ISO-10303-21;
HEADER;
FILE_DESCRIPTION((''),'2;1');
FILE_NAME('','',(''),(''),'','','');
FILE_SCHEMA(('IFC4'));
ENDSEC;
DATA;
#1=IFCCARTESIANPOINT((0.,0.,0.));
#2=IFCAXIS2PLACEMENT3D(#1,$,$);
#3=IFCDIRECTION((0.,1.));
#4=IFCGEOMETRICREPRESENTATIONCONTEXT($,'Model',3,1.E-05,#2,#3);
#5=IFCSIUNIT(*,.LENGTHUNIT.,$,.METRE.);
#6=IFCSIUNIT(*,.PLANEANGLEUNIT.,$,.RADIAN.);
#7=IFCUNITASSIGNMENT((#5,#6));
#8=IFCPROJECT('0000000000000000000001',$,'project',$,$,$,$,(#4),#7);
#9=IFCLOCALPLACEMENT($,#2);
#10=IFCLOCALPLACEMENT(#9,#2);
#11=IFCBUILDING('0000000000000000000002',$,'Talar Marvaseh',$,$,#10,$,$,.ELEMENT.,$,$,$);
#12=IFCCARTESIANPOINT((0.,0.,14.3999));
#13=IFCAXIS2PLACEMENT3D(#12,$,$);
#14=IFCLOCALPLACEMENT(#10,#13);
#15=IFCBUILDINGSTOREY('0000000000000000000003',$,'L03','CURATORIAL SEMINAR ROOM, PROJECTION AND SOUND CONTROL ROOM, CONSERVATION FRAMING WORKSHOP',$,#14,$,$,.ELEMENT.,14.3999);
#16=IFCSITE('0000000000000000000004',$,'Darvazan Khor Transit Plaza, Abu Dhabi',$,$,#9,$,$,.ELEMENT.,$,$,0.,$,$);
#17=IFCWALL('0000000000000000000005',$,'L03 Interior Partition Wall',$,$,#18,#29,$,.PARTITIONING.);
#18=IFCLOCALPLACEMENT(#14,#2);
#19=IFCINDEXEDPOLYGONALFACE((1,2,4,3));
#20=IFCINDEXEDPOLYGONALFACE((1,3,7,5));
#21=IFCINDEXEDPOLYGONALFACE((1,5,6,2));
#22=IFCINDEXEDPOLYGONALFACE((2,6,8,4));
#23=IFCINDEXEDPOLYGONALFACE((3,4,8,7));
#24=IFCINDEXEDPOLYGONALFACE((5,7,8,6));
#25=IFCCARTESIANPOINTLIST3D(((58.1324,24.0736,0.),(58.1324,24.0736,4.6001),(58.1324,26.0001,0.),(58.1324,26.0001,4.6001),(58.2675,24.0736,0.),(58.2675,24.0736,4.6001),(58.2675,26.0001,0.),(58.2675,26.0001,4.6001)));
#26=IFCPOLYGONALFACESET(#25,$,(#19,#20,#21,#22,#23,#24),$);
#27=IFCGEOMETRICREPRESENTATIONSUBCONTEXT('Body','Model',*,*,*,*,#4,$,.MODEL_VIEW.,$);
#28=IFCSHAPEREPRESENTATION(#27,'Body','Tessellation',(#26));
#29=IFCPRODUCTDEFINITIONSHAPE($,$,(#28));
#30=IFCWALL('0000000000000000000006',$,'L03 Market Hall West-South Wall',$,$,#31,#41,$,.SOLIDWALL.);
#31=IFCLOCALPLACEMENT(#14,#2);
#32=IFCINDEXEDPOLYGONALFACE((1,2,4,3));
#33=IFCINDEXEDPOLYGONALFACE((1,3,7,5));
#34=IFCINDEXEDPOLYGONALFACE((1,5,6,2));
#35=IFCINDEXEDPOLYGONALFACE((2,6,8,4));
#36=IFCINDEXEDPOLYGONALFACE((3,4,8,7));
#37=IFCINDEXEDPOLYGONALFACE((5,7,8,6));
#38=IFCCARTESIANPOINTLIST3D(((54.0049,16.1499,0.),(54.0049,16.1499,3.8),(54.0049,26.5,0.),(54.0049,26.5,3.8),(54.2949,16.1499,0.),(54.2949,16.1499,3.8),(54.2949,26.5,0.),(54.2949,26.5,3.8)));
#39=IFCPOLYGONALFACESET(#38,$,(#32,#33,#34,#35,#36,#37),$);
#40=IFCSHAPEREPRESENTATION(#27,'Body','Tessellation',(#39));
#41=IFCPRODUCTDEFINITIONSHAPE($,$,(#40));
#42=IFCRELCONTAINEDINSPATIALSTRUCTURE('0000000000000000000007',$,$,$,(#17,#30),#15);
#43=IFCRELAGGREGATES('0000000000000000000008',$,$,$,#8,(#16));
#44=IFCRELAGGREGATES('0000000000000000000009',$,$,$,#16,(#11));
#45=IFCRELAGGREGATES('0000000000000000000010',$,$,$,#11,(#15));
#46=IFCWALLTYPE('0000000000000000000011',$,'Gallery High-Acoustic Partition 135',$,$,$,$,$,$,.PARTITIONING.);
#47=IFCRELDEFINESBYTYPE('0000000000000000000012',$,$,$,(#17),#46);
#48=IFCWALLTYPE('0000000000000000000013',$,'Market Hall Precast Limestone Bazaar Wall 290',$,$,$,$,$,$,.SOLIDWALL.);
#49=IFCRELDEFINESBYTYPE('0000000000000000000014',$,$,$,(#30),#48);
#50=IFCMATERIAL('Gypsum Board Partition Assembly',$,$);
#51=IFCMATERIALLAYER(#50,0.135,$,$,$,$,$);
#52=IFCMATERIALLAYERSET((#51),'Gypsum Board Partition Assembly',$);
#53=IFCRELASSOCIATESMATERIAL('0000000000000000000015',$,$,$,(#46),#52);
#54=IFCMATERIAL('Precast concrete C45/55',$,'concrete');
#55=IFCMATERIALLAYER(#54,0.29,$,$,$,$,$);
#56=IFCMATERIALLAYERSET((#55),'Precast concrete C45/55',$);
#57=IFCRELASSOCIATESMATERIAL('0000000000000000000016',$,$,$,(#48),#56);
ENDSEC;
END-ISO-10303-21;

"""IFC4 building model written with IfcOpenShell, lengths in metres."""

from ifc_helpers import new_model, si_unit, direction, frame, frame_2d, origin, place, context, subcontext, project, spatial, rectangle, extrude, material, layer, layer_set, type_object, element, save


model = new_model("IFC4")

# Units and contexts
model_context = context("Model", 3, precision=1e-05, world=origin(), true_north=direction((0.0, 1.0)))
body_context = subcontext(model_context, "Body", "Model", "MODEL_VIEW")
ifc_project = project(units=[si_unit("LENGTHUNIT", "METRE"), si_unit("PLANEANGLEUNIT", "RADIAN")], contexts=[model_context])

# Site, building, storey
site_placement = place(None, origin())
site = spatial("IfcSite", under=ifc_project, at=site_placement, Name="Darvazan Khor Transit Plaza, Abu Dhabi", CompositionType="ELEMENT", RefElevation=0.0)
building_placement = place(site_placement, origin())
building = spatial("IfcBuilding", under=site, at=building_placement, Name="Talar Marvaseh", CompositionType="ELEMENT")
storey_placement = place(building_placement, frame((0.0, 0.0, 14.3999)))
storey = spatial("IfcBuildingStorey", under=building, at=storey_placement, Name="L03", Description="CURATORIAL SEMINAR ROOM, PROJECTION AND SOUND CONTROL ROOM, CONSERVATION FRAMING WORKSHOP", CompositionType="ELEMENT", Elevation=14.3999)

# Shared definitions
ifc_material_1 = material(Name="Precast concrete C45/55", Category="concrete")

# Shared definitions
ifc_material_2 = material(Name="Gypsum Board Partition Assembly")

# Walls
ifc_layer_1 = layer(ifc_material_2, 0.135)
ifc_layer_set_1 = layer_set([ifc_layer_1], Name="Gypsum Board Partition Assembly")
wall_type_1 = type_object("IfcWallType", Name="Gallery High-Acoustic Partition 135", PredefinedType="PARTITIONING", material=ifc_layer_set_1)
wall_1_placement = place(storey_placement, frame((58.2, 24.0735, 0.0), z_axis=(0.0, 0.0, 1.0), x_axis=(0.0, 1.0, 0.0)))
element("IfcWall", 1, at=wall_1_placement, inside=storey, type_object=wall_type_1, Name="L03 Interior Partition Wall", PredefinedType="PARTITIONING", context=body_context, shape_type="SweptSolid", body=[
    extrude(rectangle(XDim=1.9265, YDim=0.135, at=frame_2d((0.9634, 0.0))), origin(), (0.0, 0.0, 1.0), 4.6001),
])
ifc_layer_2 = layer(ifc_material_1, 0.29)
ifc_layer_set_2 = layer_set([ifc_layer_2], Name="Precast concrete C45/55")
wall_type_2 = type_object("IfcWallType", Name="Market Hall Precast Limestone Bazaar Wall 290", PredefinedType="SOLIDWALL", material=ifc_layer_set_2)
wall_2_placement = place(storey_placement, frame((54.1499, 16.1499, 0.0), z_axis=(0.0, 0.0, 1.0), x_axis=(0.0, 1.0, 0.0)))
element("IfcWall", 2, at=wall_2_placement, inside=storey, type_object=wall_type_2, Name="L03 Market Hall West-South Wall", PredefinedType="SOLIDWALL", context=body_context, shape_type="SweptSolid", body=[
    extrude(rectangle(XDim=10.3501, YDim=0.29, at=frame_2d((5.175, 0.0))), origin(), (0.0, 0.0, 1.0), 3.8),
])

save(model, "model.ifc")
